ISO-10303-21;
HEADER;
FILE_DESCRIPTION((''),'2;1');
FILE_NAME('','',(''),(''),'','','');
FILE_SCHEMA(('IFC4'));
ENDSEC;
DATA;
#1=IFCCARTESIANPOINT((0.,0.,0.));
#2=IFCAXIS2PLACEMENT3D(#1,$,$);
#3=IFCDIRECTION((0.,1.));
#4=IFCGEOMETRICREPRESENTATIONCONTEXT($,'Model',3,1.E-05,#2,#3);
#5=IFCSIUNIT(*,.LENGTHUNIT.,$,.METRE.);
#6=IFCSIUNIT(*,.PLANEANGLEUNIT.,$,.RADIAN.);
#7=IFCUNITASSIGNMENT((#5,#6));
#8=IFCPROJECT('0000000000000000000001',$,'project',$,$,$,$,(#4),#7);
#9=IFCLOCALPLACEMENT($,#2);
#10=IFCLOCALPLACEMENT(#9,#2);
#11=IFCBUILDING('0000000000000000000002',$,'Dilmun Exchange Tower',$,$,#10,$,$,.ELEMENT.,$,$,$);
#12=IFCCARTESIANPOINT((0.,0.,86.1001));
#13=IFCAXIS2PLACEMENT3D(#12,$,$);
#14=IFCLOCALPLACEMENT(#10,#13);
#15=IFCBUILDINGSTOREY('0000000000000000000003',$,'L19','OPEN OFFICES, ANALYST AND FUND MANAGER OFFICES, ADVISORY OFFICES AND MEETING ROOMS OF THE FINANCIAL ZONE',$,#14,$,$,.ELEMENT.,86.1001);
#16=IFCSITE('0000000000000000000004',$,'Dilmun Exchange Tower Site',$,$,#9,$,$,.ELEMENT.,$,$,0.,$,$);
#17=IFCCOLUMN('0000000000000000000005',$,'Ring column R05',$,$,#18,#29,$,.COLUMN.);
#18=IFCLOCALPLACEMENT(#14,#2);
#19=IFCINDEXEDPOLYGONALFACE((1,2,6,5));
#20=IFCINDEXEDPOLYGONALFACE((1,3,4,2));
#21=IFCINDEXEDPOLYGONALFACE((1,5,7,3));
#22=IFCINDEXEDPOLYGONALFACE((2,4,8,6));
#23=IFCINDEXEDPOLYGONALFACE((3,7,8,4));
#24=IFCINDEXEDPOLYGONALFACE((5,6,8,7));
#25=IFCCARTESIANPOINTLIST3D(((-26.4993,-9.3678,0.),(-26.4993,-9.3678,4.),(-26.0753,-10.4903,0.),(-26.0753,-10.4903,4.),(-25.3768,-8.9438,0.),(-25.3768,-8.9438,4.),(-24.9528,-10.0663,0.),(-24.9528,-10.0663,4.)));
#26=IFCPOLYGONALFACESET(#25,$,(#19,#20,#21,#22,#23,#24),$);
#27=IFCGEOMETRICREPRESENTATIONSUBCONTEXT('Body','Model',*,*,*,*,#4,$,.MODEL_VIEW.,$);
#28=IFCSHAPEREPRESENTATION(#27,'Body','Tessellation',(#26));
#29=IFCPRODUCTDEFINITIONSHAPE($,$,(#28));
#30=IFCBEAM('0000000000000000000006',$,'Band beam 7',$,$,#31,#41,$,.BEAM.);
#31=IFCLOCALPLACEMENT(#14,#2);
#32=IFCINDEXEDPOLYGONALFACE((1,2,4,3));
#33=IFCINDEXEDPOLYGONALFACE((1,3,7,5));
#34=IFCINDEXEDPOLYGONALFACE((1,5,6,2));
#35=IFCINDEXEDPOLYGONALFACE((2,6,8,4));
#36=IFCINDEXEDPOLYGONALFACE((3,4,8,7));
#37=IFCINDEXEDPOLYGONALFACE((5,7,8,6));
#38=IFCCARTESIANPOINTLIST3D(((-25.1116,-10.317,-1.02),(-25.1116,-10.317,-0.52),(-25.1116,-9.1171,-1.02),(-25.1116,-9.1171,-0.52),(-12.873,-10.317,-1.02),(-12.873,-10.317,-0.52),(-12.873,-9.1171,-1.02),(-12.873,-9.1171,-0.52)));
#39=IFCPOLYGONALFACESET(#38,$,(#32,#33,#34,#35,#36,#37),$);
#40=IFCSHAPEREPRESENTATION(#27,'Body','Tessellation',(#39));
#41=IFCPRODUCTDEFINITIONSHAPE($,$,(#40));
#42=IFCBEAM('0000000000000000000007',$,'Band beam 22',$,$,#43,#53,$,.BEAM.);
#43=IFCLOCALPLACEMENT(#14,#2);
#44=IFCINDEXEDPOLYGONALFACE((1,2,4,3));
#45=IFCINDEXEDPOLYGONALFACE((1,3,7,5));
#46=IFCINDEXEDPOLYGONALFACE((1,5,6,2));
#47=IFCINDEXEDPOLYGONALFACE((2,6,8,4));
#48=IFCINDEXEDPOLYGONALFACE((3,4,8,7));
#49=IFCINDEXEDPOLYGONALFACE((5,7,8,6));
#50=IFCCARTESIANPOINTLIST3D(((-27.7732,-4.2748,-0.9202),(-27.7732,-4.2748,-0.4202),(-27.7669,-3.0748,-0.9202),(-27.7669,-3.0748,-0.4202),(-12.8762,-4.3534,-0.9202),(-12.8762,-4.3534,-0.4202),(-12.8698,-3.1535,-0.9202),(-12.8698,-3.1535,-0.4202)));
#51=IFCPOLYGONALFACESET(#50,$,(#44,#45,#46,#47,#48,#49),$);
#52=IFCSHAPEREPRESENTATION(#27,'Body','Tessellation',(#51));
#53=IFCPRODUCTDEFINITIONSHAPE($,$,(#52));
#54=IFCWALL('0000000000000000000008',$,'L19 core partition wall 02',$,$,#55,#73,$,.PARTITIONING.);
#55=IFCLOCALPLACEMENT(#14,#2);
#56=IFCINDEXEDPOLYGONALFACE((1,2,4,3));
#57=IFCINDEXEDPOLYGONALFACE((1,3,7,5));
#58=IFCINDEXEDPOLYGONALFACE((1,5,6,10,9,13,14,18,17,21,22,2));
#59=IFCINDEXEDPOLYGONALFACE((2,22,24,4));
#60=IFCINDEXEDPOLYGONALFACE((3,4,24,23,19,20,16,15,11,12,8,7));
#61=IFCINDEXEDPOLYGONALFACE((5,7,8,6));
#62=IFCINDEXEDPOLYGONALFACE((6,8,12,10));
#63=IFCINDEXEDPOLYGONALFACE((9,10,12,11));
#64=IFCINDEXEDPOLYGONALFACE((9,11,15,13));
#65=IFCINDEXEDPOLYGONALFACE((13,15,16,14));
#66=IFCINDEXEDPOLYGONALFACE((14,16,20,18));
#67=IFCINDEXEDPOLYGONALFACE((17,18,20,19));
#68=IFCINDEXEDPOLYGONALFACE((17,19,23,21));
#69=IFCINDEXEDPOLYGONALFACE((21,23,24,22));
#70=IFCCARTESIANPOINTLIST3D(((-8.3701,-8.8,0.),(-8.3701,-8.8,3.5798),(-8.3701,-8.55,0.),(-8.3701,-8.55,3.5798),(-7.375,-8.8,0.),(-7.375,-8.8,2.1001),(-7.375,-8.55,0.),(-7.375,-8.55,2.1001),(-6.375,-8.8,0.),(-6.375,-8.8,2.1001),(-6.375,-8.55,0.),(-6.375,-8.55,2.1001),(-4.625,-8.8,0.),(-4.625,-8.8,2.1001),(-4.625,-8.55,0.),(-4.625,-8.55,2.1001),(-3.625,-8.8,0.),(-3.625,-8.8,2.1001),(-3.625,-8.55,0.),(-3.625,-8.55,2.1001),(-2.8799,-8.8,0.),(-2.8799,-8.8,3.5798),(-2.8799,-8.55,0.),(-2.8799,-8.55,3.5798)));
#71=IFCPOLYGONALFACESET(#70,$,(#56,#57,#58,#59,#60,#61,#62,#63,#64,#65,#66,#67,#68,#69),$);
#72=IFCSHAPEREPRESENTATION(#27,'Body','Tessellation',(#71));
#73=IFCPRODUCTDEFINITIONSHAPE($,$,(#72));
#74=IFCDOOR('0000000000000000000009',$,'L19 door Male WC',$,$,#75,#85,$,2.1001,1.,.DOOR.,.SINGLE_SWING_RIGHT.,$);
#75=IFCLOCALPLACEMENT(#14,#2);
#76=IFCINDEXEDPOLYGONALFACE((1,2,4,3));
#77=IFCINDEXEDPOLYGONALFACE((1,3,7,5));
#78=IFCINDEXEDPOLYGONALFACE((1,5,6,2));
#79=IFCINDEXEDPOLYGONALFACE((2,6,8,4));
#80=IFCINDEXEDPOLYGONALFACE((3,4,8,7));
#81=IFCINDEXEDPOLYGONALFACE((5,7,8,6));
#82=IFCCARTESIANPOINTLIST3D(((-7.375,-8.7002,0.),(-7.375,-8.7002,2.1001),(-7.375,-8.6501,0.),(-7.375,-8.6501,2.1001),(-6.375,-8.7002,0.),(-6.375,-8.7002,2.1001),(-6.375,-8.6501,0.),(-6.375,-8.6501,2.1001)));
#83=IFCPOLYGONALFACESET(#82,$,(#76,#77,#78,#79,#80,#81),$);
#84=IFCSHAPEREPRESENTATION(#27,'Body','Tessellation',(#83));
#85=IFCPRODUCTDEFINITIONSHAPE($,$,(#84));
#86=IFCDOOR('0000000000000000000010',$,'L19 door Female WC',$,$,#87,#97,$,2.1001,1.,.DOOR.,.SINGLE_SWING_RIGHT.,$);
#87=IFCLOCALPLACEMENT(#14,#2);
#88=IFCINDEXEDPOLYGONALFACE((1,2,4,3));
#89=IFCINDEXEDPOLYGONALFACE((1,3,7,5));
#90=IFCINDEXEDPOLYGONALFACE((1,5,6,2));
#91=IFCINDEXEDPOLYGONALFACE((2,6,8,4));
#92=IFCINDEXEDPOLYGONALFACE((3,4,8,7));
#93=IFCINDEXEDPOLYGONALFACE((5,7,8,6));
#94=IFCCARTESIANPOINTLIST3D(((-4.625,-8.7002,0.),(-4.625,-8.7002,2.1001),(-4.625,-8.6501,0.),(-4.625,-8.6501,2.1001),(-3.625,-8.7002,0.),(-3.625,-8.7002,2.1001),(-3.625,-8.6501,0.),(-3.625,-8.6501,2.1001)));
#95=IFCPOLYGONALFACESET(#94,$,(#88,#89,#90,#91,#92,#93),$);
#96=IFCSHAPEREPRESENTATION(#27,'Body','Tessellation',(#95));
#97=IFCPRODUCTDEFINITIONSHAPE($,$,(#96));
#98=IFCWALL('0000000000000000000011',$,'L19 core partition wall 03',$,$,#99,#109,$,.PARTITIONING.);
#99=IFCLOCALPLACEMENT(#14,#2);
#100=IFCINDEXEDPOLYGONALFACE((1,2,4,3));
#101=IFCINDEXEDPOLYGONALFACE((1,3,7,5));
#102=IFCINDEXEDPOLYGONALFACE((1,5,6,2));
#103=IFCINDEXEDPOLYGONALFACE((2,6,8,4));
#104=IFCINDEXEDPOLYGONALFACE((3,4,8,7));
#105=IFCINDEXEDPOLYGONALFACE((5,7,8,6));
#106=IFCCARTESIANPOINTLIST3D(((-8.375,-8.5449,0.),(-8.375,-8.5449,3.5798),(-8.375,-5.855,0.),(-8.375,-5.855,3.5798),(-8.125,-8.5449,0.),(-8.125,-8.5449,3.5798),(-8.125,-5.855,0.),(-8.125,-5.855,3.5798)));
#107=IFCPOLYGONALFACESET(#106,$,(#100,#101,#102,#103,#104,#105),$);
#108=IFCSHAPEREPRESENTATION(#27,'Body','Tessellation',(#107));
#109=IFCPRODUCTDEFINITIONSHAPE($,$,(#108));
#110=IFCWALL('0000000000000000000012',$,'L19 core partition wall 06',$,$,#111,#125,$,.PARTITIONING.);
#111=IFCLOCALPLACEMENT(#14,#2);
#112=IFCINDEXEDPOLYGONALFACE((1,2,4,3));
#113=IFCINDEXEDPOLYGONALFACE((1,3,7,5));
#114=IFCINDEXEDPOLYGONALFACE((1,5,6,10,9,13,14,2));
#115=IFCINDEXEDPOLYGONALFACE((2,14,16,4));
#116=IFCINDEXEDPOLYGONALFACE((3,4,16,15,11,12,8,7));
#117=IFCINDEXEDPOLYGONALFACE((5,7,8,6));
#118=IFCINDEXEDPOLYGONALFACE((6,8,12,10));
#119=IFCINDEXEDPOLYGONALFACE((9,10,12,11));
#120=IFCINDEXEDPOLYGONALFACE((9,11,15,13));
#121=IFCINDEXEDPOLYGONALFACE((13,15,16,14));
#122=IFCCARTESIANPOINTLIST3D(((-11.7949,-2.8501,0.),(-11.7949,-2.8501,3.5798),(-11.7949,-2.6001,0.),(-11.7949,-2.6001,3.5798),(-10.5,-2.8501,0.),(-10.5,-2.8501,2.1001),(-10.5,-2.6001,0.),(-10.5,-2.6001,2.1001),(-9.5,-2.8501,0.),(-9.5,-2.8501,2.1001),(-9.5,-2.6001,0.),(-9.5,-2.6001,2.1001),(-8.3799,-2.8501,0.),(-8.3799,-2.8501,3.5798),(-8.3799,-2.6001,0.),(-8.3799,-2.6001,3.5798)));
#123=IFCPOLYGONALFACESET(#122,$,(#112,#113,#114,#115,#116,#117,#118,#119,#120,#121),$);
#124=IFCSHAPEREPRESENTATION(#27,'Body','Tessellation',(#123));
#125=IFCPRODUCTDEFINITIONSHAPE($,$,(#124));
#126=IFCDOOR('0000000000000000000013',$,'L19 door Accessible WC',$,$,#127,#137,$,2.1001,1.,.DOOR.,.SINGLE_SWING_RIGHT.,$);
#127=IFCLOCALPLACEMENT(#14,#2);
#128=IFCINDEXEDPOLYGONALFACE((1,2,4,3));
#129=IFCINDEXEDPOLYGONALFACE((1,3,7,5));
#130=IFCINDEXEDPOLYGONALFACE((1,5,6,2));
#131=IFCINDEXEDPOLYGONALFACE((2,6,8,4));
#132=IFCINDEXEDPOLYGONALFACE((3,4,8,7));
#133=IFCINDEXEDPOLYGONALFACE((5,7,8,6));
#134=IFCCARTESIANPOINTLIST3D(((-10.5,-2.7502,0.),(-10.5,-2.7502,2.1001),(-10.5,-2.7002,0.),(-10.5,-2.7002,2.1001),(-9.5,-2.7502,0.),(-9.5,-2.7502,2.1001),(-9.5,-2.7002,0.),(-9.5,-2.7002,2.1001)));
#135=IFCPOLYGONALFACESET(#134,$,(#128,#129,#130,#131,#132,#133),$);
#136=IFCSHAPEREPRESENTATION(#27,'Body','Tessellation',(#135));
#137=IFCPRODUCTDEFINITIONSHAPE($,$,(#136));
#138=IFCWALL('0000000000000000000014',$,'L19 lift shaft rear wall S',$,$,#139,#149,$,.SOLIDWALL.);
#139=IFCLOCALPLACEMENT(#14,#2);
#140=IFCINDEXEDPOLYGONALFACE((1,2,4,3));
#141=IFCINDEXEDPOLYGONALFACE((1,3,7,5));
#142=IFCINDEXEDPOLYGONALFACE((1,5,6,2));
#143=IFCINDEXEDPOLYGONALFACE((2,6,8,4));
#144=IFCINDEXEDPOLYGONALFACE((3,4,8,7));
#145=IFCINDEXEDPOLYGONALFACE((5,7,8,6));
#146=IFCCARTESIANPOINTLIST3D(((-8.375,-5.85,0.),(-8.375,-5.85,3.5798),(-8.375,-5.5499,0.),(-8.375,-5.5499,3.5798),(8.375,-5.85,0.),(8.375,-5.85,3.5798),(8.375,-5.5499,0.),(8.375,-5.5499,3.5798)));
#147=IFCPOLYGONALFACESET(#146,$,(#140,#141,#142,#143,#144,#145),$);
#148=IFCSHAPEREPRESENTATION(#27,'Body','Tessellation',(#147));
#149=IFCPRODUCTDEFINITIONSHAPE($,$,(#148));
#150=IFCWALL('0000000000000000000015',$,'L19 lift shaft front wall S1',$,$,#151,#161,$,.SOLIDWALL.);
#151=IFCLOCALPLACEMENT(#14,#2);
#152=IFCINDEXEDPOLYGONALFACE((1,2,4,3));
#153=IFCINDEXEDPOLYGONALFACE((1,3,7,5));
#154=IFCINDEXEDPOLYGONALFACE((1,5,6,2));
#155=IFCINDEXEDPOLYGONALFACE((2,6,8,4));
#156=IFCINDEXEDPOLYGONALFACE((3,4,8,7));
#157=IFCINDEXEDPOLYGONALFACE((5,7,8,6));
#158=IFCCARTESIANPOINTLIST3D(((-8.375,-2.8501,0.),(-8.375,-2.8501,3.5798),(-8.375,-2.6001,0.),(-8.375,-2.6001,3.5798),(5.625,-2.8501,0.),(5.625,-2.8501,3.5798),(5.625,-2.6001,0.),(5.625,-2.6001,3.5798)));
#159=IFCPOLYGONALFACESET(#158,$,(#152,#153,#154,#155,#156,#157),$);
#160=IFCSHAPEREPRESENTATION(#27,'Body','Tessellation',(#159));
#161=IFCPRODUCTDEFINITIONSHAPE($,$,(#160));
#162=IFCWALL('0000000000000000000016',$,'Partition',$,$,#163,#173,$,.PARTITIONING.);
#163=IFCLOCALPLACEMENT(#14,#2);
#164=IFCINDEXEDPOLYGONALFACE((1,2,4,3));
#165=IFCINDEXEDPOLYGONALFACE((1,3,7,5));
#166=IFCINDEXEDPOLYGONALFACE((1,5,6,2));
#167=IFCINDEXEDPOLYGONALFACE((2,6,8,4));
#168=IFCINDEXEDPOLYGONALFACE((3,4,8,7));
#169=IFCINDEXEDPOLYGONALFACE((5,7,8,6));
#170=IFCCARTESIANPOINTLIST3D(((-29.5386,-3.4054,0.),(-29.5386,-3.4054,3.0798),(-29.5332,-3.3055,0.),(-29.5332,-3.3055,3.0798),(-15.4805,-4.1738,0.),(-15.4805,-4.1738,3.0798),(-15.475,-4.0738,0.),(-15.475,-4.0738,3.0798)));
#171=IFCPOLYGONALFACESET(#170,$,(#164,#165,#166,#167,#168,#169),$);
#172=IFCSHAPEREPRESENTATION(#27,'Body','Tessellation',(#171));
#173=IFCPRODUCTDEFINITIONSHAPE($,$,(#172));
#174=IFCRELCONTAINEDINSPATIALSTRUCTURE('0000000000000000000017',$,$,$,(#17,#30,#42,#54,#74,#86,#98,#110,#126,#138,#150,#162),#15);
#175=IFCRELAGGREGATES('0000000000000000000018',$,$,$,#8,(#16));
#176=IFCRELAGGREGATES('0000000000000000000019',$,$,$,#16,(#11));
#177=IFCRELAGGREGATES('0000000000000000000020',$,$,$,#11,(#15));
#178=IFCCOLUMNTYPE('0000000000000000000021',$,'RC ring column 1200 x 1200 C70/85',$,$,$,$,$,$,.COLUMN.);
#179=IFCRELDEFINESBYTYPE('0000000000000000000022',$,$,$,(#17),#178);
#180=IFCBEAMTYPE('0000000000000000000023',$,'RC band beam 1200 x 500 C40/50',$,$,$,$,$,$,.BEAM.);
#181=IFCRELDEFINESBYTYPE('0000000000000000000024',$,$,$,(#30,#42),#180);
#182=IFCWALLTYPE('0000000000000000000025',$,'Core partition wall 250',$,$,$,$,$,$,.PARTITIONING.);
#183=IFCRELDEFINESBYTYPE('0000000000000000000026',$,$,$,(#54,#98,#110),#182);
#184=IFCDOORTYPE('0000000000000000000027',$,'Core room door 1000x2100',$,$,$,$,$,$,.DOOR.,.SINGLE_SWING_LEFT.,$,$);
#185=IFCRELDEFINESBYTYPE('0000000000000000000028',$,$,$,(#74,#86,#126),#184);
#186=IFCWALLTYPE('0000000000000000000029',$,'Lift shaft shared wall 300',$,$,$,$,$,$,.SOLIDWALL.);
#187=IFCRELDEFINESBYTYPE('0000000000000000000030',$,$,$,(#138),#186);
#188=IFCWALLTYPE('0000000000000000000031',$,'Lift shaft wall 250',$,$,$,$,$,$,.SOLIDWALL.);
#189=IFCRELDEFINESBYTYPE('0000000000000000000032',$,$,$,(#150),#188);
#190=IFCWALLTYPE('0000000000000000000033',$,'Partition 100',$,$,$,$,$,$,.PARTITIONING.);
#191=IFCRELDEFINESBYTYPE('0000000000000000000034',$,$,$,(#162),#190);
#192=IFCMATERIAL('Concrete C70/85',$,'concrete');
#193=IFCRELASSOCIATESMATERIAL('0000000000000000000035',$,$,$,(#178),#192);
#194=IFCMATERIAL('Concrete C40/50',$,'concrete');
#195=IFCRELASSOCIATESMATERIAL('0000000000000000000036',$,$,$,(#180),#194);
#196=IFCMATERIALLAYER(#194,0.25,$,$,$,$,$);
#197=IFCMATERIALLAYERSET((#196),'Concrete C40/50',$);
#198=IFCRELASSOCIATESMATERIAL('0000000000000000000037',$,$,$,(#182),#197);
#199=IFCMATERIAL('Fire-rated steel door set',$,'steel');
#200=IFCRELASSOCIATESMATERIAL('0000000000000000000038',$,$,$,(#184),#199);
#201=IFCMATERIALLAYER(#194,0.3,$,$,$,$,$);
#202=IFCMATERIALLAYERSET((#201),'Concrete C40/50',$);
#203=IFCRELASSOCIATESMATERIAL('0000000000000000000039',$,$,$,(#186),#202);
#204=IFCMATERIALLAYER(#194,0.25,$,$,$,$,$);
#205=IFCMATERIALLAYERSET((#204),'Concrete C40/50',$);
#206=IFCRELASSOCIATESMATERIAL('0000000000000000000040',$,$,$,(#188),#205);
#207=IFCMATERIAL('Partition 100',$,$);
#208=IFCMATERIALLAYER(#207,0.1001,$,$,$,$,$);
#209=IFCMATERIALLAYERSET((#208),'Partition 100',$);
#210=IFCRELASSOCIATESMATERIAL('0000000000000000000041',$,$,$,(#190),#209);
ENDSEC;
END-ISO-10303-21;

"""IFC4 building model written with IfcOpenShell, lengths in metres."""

from ifc_helpers import new_model, si_unit, direction, frame, frame_2d, origin, origin_2d, place, context, subcontext, project, spatial, rectangle, extrude, material, layer, layer_set, material_profile, profile_set, type_object, element, fill, save


model = new_model("IFC4")

# Units and contexts
model_context = context("Model", 3, precision=1e-05, world=origin(), true_north=direction((0.0, 1.0)))
body_context = subcontext(model_context, "Body", "Model", "MODEL_VIEW")
ifc_project = project(units=[si_unit("LENGTHUNIT", "METRE"), si_unit("PLANEANGLEUNIT", "RADIAN")], contexts=[model_context])

# Site, building, storey
site_placement = place(None, origin())
site = spatial("IfcSite", under=ifc_project, at=site_placement, Name="Dilmun Exchange Tower Site", CompositionType="ELEMENT", RefElevation=0.0)
building_placement = place(site_placement, origin())
building = spatial("IfcBuilding", under=site, at=building_placement, Name="Dilmun Exchange Tower", CompositionType="ELEMENT")
storey_placement = place(building_placement, frame((0.0, 0.0, 86.1001)))
storey = spatial("IfcBuildingStorey", under=building, at=storey_placement, Name="L19", Description="OPEN OFFICES, ANALYST AND FUND MANAGER OFFICES, ADVISORY OFFICES AND MEETING ROOMS OF THE FINANCIAL ZONE", CompositionType="ELEMENT", Elevation=86.1001)

# Column
ifc_material_1 = material(Name="Concrete C70/85", Category="concrete")
ifc_material_profile_1 = material_profile(ifc_material_1, rectangle(XDim=1.2, YDim=1.2, at=origin_2d()), Name="1200 x 1200")
ifc_profile_set_1 = profile_set([ifc_material_profile_1], Name="Concrete C70/85")
column_type = type_object("IfcColumnType", Name="RC ring column 1200 x 1200 C70/85", PredefinedType="COLUMN", material=ifc_profile_set_1)
column_placement = place(storey_placement, frame((-25.7261, -9.717, 0.0), z_axis=(0.0, 0.0, 1.0), x_axis=(0.935492, 0.353349, 0.0)))
element("IfcColumn", 1, at=column_placement, inside=storey, type_object=column_type, Name="Ring column R05", PredefinedType="COLUMN", context=body_context, shape_type="SweptSolid", body=[
    extrude(rectangle(XDim=1.2, YDim=1.2, at=origin_2d()), origin(), (0.0, 0.0, 1.0), 4.0),
])

# Beams
ifc_material_2 = material(Name="Concrete C40/50", Category="concrete")
ifc_material_profile_2 = material_profile(ifc_material_2, rectangle(XDim=1.2, YDim=0.5, at=origin_2d()), Name="1200 x 500")
ifc_profile_set_2 = profile_set([ifc_material_profile_2], Name="Concrete C40/50")
beam_type = type_object("IfcBeamType", Name="RC band beam 1200 x 500 C40/50", PredefinedType="BEAM", material=ifc_profile_set_2)
beam_1_placement = place(storey_placement, frame((-25.1116, -9.717, -0.77), z_axis=(1.0, 0.0, 0.0), x_axis=(0.0, 1.0, 0.0)))
element("IfcBeam", 2, at=beam_1_placement, inside=storey, type_object=beam_type, Name="Band beam 7", PredefinedType="BEAM", context=body_context, shape_type="SweptSolid", body=[
    extrude(rectangle(XDim=1.2, YDim=0.5, at=origin_2d()), origin(), (0.0, 0.0, 1.0), 12.2385),
])
beam_2_placement = place(storey_placement, frame((-27.77, -3.6748, -0.6702), z_axis=(0.999986, -0.005277, 0.0), x_axis=(0.005277, 0.999986, 0.0)))
element("IfcBeam", 3, at=beam_2_placement, inside=storey, type_object=beam_type, Name="Band beam 22", PredefinedType="BEAM", context=body_context, shape_type="SweptSolid", body=[
    extrude(rectangle(XDim=1.2, YDim=0.5, at=origin_2d()), origin(), (0.0, 0.0, 1.0), 14.8972),
])

# Wall, openings, doors
ifc_layer_1 = layer(ifc_material_2, 0.25)
ifc_layer_set_1 = layer_set([ifc_layer_1], Name="Concrete C40/50")
wall_type_1 = type_object("IfcWallType", Name="Core partition wall 250", PredefinedType="PARTITIONING", material=ifc_layer_set_1)
wall_1_placement = place(storey_placement, frame((-8.3701, -8.675, 0.0), z_axis=(0.0, 0.0, 1.0), x_axis=(1.0, 0.0, 0.0)))
wall_1 = element("IfcWall", 4, at=wall_1_placement, inside=storey, type_object=wall_type_1, Name="L19 core partition wall 02", PredefinedType="PARTITIONING", context=body_context, shape_type="SweptSolid", body=[
    extrude(rectangle(XDim=5.4902, YDim=0.25, at=frame_2d((2.7451, 0.0))), origin(), (0.0, 0.0, 1.0), 3.5798),
])
opening_1_placement = place(wall_1_placement, frame((0.9951, 0.0, 0.0)))
opening_1 = element("IfcOpeningElement", 5, at=opening_1_placement, cuts=wall_1, PredefinedType="OPENING", context=body_context, shape_type="SweptSolid", body=[
    extrude(rectangle(XDim=1.0, YDim=2.1001, at=frame_2d((0.5, 1.05))), frame((0.0, 0.135, 0.0), z_axis=(0.0, -1.0, 0.0), x_axis=(1.0, 0.0, 0.0)), (0.0, 0.0, 1.0), 0.27),
])
opening_2_placement = place(wall_1_placement, frame((3.7451, 0.0, 0.0)))
opening_2 = element("IfcOpeningElement", 6, at=opening_2_placement, cuts=wall_1, PredefinedType="OPENING", context=body_context, shape_type="SweptSolid", body=[
    extrude(rectangle(XDim=1.0, YDim=2.1001, at=frame_2d((0.5, 1.05))), frame((0.0, 0.135, 0.0), z_axis=(0.0, -1.0, 0.0), x_axis=(1.0, 0.0, 0.0)), (0.0, 0.0, 1.0), 0.27),
])
ifc_material_3 = material(Name="Fire-rated steel door set", Category="steel")
door_type = type_object("IfcDoorType", Name="Core room door 1000x2100", OperationType="SINGLE_SWING_LEFT", PredefinedType="DOOR", material=ifc_material_3)
door_1_placement = place(opening_1_placement, origin())
door_1 = element("IfcDoor", 7, at=door_1_placement, inside=storey, type_object=door_type, Name="L19 door Male WC", OperationType="SINGLE_SWING_RIGHT", OverallHeight=2.1001, OverallWidth=1.0, PredefinedType="DOOR", context=body_context, shape_type="SweptSolid", body=[
    extrude(rectangle(XDim=1.0, YDim=2.1001, at=frame_2d((0.5, 1.05))), frame((0.0, 0.0249, 0.0), z_axis=(0.0, -1.0, 0.0), x_axis=(1.0, 0.0, 0.0)), (0.0, 0.0, 1.0), 0.05),
])
fill(opening_1, door_1)
door_2_placement = place(opening_2_placement, origin())
door_2 = element("IfcDoor", 8, at=door_2_placement, inside=storey, type_object=door_type, Name="L19 door Female WC", OperationType="SINGLE_SWING_RIGHT", OverallHeight=2.1001, OverallWidth=1.0, PredefinedType="DOOR", context=body_context, shape_type="SweptSolid", body=[
    extrude(rectangle(XDim=1.0, YDim=2.1001, at=frame_2d((0.5, 1.05))), frame((0.0, 0.0249, 0.0), z_axis=(0.0, -1.0, 0.0), x_axis=(1.0, 0.0, 0.0)), (0.0, 0.0, 1.0), 0.05),
])
fill(opening_2, door_2)

# Wall
wall_2_placement = place(storey_placement, frame((-8.25, -8.5449, 0.0), z_axis=(0.0, 0.0, 1.0), x_axis=(0.0, 1.0, 0.0)))
element("IfcWall", 9, at=wall_2_placement, inside=storey, type_object=wall_type_1, Name="L19 core partition wall 03", PredefinedType="PARTITIONING", context=body_context, shape_type="SweptSolid", body=[
    extrude(rectangle(XDim=2.6899, YDim=0.25, at=frame_2d((1.345, 0.0))), origin(), (0.0, 0.0, 1.0), 3.5798),
])

# Wall, opening, door
wall_3_placement = place(storey_placement, frame((-11.7949, -2.7251, 0.0), z_axis=(0.0, 0.0, 1.0), x_axis=(1.0, 0.0, 0.0)))
wall_3 = element("IfcWall", 10, at=wall_3_placement, inside=storey, type_object=wall_type_1, Name="L19 core partition wall 06", PredefinedType="PARTITIONING", context=body_context, shape_type="SweptSolid", body=[
    extrude(rectangle(XDim=3.415, YDim=0.25, at=frame_2d((1.7075, 0.0))), origin(), (0.0, 0.0, 1.0), 3.5798),
])
opening_3_placement = place(wall_3_placement, frame((1.2949, 0.0, 0.0)))
opening_3 = element("IfcOpeningElement", 11, at=opening_3_placement, cuts=wall_3, PredefinedType="OPENING", context=body_context, shape_type="SweptSolid", body=[
    extrude(rectangle(XDim=1.0, YDim=2.1001, at=frame_2d((0.5, 1.05))), frame((0.0, 0.135, 0.0), z_axis=(0.0, -1.0, 0.0), x_axis=(1.0, 0.0, 0.0)), (0.0, 0.0, 1.0), 0.27),
])
door_3_placement = place(opening_3_placement, origin())
door_3 = element("IfcDoor", 12, at=door_3_placement, inside=storey, type_object=door_type, Name="L19 door Accessible WC", OperationType="SINGLE_SWING_RIGHT", OverallHeight=2.1001, OverallWidth=1.0, PredefinedType="DOOR", context=body_context, shape_type="SweptSolid", body=[
    extrude(rectangle(XDim=1.0, YDim=2.1001, at=frame_2d((0.5, 1.05))), frame((0.0, 0.0249, 0.0), z_axis=(0.0, -1.0, 0.0), x_axis=(1.0, 0.0, 0.0)), (0.0, 0.0, 1.0), 0.05),
])
fill(opening_3, door_3)

# Walls
ifc_layer_2 = layer(ifc_material_2, 0.3)
ifc_layer_set_2 = layer_set([ifc_layer_2], Name="Concrete C40/50")
wall_type_2 = type_object("IfcWallType", Name="Lift shaft shared wall 300", PredefinedType="SOLIDWALL", material=ifc_layer_set_2)
wall_4_placement = place(storey_placement, frame((-8.375, -5.7, 0.0), z_axis=(0.0, 0.0, 1.0), x_axis=(1.0, 0.0, 0.0)))
element("IfcWall", 13, at=wall_4_placement, inside=storey, type_object=wall_type_2, Name="L19 lift shaft rear wall S", PredefinedType="SOLIDWALL", context=body_context, shape_type="SweptSolid", body=[
    extrude(rectangle(XDim=16.75, YDim=0.3, at=frame_2d((8.375, 0.0))), origin(), (0.0, 0.0, 1.0), 3.5798),
])
ifc_layer_3 = layer(ifc_material_2, 0.25)
ifc_layer_set_3 = layer_set([ifc_layer_3], Name="Concrete C40/50")
wall_type_3 = type_object("IfcWallType", Name="Lift shaft wall 250", PredefinedType="SOLIDWALL", material=ifc_layer_set_3)
wall_5_placement = place(storey_placement, frame((-8.375, -2.7251, 0.0), z_axis=(0.0, 0.0, 1.0), x_axis=(1.0, 0.0, 0.0)))
element("IfcWall", 14, at=wall_5_placement, inside=storey, type_object=wall_type_3, Name="L19 lift shaft front wall S1", PredefinedType="SOLIDWALL", context=body_context, shape_type="SweptSolid", body=[
    extrude(rectangle(XDim=14.0, YDim=0.25, at=frame_2d((7.0, 0.0))), origin(), (0.0, 0.0, 1.0), 3.5798),
])
ifc_material_4 = material(Name="Partition 100")
ifc_layer_4 = layer(ifc_material_4, 0.1001)
ifc_layer_set_4 = layer_set([ifc_layer_4], Name="Partition 100")
wall_type_4 = type_object("IfcWallType", Name="Partition 100", PredefinedType="PARTITIONING", material=ifc_layer_set_4)
wall_6_placement = place(storey_placement, frame((-29.5359, -3.3555, 0.0), z_axis=(0.0, 0.0, 1.0), x_axis=(0.99851, -0.054571, 0.0)))
element("IfcWall", 15, at=wall_6_placement, inside=storey, type_object=wall_type_4, Name="Partition", PredefinedType="PARTITIONING", context=body_context, shape_type="SweptSolid", body=[
    extrude(rectangle(XDim=14.0791, YDim=0.1001, at=frame_2d((7.0396, 0.0))), origin(), (0.0, 0.0, 1.0), 3.0798),
])

save(model, "model.ifc")
